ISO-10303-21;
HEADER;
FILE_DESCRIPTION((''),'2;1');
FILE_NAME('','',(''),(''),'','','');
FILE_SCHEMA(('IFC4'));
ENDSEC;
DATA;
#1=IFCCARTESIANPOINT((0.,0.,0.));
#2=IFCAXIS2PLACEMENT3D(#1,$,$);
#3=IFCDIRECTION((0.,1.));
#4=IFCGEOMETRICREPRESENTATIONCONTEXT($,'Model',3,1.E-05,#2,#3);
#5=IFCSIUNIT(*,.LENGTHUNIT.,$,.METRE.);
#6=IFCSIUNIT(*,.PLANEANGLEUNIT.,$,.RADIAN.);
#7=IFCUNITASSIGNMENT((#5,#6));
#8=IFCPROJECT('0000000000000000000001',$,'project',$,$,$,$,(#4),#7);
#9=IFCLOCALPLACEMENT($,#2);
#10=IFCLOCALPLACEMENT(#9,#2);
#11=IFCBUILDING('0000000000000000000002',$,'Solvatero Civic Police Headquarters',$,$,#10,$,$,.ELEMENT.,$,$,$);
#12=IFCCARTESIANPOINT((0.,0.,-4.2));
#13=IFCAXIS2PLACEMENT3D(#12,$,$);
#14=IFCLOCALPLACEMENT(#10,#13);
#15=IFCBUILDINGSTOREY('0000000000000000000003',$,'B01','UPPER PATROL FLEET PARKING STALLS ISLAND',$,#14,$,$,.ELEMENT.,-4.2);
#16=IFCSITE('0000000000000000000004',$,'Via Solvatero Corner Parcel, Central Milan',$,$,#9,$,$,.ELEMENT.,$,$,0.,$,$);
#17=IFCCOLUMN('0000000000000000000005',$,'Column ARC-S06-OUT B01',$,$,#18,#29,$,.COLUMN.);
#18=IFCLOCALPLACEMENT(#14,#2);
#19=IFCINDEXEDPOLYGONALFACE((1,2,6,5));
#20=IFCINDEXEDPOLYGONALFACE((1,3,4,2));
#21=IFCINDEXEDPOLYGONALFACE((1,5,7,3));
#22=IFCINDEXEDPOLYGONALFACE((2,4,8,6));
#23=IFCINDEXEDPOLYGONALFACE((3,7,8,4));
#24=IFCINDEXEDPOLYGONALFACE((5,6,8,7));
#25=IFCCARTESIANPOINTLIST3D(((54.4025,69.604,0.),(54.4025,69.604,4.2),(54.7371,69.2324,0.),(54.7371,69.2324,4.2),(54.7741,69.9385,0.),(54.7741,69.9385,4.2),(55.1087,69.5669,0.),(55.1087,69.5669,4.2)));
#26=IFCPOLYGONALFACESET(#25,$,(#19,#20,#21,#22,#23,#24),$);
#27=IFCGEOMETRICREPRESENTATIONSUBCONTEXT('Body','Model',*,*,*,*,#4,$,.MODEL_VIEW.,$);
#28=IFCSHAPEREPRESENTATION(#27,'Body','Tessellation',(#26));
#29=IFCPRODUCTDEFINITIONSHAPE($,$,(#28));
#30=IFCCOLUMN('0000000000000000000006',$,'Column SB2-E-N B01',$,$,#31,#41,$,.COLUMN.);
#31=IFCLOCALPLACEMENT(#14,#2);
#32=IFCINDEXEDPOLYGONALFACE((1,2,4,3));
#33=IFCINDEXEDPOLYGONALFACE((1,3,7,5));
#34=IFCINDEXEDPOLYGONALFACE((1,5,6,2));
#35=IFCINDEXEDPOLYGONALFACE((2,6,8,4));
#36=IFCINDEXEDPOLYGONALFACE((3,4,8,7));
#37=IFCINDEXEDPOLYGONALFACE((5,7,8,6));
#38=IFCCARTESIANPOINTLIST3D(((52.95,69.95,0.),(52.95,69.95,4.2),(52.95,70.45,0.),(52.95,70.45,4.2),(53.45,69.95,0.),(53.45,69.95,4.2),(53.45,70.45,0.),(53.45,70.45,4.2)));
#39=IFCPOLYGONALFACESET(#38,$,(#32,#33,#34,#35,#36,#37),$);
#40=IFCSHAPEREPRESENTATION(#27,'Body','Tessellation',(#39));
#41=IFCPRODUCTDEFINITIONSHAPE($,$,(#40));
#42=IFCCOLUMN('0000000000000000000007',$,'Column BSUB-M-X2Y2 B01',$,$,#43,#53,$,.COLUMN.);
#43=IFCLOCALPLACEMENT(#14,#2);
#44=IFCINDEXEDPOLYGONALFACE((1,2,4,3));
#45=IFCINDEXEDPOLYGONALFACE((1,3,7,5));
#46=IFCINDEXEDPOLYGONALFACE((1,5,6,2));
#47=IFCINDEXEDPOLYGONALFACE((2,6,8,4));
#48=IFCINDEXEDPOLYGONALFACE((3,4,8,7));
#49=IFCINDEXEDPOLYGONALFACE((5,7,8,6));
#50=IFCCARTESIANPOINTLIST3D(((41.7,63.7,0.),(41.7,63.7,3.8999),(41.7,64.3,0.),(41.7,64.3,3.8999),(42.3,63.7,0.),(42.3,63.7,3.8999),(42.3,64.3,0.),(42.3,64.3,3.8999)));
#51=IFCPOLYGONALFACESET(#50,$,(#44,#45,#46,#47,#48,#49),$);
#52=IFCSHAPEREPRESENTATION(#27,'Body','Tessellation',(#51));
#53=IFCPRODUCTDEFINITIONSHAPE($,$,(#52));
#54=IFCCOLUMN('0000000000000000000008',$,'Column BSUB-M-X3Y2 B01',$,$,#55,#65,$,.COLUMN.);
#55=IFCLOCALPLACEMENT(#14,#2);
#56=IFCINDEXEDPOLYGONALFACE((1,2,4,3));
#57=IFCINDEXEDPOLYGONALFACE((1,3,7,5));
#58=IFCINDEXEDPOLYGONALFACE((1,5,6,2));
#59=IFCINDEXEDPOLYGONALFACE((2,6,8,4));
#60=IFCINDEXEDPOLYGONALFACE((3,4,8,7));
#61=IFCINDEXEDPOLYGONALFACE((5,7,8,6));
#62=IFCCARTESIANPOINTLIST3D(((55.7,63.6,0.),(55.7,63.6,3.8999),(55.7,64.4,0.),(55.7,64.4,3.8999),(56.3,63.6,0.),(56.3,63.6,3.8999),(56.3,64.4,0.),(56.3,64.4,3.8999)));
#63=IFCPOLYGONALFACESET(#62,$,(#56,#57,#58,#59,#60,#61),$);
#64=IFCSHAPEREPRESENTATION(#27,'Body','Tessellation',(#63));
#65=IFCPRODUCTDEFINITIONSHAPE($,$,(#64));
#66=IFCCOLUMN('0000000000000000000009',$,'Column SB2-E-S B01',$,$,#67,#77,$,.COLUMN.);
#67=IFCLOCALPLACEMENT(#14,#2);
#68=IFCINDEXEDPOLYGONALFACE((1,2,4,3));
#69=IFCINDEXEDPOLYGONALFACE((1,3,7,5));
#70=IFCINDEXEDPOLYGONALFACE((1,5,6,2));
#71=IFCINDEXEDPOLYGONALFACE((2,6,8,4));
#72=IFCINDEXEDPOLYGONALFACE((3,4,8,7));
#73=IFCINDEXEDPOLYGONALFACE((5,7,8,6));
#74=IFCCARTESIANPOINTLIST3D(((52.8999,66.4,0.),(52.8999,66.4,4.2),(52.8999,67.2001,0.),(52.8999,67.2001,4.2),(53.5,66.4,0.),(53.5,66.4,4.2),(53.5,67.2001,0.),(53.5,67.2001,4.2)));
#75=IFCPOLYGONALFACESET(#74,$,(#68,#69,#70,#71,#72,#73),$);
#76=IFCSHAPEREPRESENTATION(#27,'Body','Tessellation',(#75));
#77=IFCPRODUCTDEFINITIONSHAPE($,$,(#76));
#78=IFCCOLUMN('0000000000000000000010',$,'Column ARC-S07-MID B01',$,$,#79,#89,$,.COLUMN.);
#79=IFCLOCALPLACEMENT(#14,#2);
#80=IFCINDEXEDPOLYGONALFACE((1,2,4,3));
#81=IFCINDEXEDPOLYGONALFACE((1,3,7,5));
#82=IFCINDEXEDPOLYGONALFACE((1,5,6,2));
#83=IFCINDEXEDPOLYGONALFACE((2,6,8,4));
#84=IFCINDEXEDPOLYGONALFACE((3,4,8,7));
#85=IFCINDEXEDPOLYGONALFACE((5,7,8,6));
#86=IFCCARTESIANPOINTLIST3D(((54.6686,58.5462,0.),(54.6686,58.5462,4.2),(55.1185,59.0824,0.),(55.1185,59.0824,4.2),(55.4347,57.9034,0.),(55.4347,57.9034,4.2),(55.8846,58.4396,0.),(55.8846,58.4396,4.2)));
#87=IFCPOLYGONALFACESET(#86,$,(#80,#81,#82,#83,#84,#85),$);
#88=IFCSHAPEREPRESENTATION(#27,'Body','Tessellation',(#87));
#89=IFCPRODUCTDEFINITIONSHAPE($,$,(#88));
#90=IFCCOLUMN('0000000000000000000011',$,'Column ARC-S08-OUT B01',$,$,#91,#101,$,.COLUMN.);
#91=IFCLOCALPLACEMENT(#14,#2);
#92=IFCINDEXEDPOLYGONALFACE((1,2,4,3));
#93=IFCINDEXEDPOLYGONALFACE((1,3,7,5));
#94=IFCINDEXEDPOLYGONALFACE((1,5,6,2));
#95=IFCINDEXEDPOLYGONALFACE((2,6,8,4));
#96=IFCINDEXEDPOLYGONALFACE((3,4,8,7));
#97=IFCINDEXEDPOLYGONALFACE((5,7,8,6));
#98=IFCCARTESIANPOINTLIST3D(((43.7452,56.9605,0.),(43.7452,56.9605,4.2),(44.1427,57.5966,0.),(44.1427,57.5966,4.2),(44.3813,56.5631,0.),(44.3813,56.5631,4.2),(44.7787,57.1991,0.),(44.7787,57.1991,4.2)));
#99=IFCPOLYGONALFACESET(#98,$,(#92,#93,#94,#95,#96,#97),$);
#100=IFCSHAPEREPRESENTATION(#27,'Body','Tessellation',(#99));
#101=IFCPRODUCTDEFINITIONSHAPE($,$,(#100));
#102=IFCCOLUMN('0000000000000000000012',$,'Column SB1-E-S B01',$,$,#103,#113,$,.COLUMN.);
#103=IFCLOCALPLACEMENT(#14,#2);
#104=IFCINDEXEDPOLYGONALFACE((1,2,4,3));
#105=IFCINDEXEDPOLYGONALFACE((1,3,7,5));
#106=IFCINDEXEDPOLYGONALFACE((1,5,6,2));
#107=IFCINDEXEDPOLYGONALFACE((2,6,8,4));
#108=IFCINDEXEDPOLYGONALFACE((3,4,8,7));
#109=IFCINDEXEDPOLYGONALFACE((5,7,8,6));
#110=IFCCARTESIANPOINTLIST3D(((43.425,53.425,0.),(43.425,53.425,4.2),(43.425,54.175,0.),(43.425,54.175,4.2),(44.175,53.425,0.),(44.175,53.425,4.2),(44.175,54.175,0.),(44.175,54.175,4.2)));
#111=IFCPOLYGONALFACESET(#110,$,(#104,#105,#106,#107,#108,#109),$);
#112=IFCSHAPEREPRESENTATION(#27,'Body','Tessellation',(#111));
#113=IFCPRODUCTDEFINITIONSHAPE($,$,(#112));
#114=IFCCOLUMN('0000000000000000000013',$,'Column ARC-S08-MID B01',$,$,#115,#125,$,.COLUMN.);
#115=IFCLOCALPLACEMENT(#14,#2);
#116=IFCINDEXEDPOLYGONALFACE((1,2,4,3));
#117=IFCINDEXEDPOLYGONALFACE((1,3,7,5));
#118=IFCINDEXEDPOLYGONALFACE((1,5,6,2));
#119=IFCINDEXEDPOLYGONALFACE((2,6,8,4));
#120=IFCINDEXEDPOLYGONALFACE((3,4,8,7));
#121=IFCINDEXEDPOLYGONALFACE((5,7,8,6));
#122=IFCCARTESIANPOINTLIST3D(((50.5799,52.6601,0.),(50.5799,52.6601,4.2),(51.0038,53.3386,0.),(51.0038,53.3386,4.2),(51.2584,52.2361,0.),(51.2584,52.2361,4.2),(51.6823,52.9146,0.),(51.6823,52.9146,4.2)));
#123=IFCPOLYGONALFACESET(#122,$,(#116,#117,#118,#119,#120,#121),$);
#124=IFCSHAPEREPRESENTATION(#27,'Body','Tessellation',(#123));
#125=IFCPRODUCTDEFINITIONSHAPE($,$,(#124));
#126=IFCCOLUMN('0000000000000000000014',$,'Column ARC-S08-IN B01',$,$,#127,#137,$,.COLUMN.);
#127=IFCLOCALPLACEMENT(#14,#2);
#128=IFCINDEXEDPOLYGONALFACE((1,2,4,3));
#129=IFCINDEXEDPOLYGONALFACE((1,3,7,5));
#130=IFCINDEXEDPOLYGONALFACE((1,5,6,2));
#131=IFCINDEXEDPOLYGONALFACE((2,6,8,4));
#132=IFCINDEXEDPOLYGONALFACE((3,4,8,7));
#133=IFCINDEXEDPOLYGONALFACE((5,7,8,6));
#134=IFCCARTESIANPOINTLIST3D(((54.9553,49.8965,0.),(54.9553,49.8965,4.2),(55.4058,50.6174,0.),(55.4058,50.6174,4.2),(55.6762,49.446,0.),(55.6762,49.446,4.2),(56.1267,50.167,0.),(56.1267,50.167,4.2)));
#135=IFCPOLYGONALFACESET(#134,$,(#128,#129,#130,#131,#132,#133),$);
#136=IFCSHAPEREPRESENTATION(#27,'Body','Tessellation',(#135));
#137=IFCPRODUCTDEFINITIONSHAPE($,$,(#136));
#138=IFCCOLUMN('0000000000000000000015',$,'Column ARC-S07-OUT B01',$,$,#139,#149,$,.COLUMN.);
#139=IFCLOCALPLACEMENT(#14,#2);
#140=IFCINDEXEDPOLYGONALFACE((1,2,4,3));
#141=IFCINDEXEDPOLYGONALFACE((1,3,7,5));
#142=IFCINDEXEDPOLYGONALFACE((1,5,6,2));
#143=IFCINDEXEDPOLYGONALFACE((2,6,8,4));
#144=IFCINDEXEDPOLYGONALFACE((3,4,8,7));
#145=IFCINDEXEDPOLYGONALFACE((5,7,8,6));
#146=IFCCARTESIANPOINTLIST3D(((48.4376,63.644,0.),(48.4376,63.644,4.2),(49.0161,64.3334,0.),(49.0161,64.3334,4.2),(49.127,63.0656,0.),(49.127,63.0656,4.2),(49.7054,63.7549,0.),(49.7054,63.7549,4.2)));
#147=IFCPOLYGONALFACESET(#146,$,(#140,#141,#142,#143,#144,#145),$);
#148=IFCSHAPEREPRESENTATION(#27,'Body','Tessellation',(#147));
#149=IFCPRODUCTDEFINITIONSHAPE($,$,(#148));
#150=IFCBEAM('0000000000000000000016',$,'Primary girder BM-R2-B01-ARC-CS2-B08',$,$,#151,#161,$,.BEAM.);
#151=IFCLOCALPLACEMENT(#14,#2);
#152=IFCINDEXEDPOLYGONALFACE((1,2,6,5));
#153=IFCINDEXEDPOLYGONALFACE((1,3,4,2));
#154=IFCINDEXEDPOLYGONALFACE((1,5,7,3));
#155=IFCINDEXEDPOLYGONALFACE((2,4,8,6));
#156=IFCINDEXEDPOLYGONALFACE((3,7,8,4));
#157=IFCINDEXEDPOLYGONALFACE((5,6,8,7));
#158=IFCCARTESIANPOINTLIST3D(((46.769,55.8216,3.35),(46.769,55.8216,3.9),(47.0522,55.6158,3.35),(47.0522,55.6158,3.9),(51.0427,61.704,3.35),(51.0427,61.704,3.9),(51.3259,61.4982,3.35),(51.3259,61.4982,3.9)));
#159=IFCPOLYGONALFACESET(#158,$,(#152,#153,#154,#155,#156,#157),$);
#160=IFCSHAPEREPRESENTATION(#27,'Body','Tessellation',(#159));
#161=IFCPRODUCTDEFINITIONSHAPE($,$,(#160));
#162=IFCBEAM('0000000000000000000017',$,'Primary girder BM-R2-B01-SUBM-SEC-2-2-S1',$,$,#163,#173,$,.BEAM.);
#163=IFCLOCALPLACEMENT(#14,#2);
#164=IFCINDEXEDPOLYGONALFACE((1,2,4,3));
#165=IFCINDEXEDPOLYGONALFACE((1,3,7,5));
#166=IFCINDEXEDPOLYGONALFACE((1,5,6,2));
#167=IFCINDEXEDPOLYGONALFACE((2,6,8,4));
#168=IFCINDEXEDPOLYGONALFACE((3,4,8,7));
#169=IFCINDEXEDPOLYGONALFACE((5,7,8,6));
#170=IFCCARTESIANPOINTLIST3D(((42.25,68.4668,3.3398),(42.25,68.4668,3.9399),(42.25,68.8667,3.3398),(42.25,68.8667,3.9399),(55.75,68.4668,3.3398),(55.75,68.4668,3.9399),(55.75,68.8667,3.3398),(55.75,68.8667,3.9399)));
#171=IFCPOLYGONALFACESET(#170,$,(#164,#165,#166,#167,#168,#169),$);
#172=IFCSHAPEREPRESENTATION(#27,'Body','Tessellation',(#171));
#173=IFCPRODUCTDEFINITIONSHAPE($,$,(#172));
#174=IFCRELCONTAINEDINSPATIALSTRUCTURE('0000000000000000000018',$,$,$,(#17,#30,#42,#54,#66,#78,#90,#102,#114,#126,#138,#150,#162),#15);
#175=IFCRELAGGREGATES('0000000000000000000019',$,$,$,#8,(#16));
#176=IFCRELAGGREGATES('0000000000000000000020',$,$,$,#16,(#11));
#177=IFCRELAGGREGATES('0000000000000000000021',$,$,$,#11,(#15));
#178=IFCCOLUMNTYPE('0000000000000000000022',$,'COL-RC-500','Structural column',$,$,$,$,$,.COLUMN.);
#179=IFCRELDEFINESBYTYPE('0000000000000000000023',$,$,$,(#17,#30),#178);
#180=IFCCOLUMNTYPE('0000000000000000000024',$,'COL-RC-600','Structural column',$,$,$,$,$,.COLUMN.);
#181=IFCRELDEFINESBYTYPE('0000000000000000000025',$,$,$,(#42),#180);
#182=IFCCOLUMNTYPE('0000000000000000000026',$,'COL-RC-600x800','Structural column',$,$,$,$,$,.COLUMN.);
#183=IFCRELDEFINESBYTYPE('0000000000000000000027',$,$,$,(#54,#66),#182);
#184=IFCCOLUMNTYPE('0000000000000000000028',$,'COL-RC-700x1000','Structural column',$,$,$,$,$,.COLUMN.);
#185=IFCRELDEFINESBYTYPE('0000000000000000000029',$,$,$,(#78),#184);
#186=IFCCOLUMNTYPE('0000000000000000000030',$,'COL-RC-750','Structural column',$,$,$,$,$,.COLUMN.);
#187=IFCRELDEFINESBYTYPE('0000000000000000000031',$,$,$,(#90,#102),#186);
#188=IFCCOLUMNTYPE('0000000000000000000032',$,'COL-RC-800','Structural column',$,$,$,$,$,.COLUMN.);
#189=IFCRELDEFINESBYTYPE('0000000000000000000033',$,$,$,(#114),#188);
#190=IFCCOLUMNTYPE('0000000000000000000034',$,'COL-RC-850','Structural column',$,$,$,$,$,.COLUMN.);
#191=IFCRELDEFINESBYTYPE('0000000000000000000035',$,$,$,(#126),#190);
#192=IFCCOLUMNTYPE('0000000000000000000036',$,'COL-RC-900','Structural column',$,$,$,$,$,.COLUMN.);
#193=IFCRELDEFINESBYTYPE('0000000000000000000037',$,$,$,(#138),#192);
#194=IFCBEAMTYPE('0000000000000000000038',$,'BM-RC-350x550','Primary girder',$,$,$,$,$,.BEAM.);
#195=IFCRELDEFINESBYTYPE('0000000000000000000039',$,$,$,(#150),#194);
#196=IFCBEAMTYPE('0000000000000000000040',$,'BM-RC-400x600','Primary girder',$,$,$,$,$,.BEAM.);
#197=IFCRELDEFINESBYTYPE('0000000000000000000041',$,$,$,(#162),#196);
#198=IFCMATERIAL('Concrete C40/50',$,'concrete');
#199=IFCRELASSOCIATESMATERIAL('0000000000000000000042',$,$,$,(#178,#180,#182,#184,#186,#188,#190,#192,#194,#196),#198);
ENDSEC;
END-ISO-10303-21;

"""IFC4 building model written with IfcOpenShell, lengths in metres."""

from ifc_helpers import new_model, si_unit, direction, frame, origin, origin_2d, place, context, subcontext, project, spatial, rectangle, extrude, material, material_profile, profile_set, type_object, element, save


model = new_model("IFC4")

# Units and contexts
model_context = context("Model", 3, precision=1e-05, world=origin(), true_north=direction((0.0, 1.0)))
body_context = subcontext(model_context, "Body", "Model", "MODEL_VIEW")
ifc_project = project(units=[si_unit("LENGTHUNIT", "METRE"), si_unit("PLANEANGLEUNIT", "RADIAN")], contexts=[model_context])

# Site, building, storey
site_placement = place(None, origin())
site = spatial("IfcSite", under=ifc_project, at=site_placement, Name="Via Solvatero Corner Parcel, Central Milan", CompositionType="ELEMENT", RefElevation=0.0)
building_placement = place(site_placement, origin())
building = spatial("IfcBuilding", under=site, at=building_placement, Name="Solvatero Civic Police Headquarters", CompositionType="ELEMENT")
storey_placement = place(building_placement, frame((0.0, 0.0, -4.2)))
storey = spatial("IfcBuildingStorey", under=building, at=storey_placement, Name="B01", Description="UPPER PATROL FLEET PARKING STALLS ISLAND", CompositionType="ELEMENT", Elevation=-4.2)

# Columns
ifc_material_1 = material(Name="Concrete C40/50", Category="concrete")
ifc_material_profile_1 = material_profile(ifc_material_1, rectangle(XDim=0.5, YDim=0.5, at=origin_2d()), Name="RC 500x500")
ifc_profile_set_1 = profile_set([ifc_material_profile_1], Name="Concrete C40/50")
column_type_1 = type_object("IfcColumnType", Name="COL-RC-500", Description="Structural column", PredefinedType="COLUMN", material=ifc_profile_set_1)
for number, where, z_axis, x_axis, name in (
    (1, (54.7556, 69.5854, 0.0), (0.0, 0.0, 1.0), (0.743145, 0.669131, 0.0), "Column ARC-S06-OUT B01"),
    (2, (53.2, 70.2, 0.0), (0.0, 0.0, 1.0), (1.0, 0.0, 0.0), "Column SB2-E-N B01"),
):
    element("IfcColumn", number, at=place(storey_placement, frame(where, z_axis=z_axis, x_axis=x_axis)), inside=storey, type_object=column_type_1, Name=name, PredefinedType="COLUMN", context=body_context, shape_type="SweptSolid", body=[
        extrude(rectangle(XDim=0.5, YDim=0.5, at=origin_2d()), origin(), (0.0, 0.0, 1.0), 4.2),
    ])
ifc_material_profile_2 = material_profile(ifc_material_1, rectangle(XDim=0.6001, YDim=0.6001, at=origin_2d()), Name="RC 600x600")
ifc_profile_set_2 = profile_set([ifc_material_profile_2], Name="Concrete C40/50")
column_type_2 = type_object("IfcColumnType", Name="COL-RC-600", Description="Structural column", PredefinedType="COLUMN", material=ifc_profile_set_2)
column_1_placement = place(storey_placement, frame((42.0, 64.0, 0.0), z_axis=(0.0, 0.0, 1.0), x_axis=(1.0, 0.0, 0.0)))
element("IfcColumn", 3, at=column_1_placement, inside=storey, type_object=column_type_2, Name="Column BSUB-M-X2Y2 B01", PredefinedType="COLUMN", context=body_context, shape_type="SweptSolid", body=[
    extrude(rectangle(XDim=0.6001, YDim=0.6001, at=origin_2d()), origin(), (0.0, 0.0, 1.0), 3.8999),
])
ifc_material_profile_3 = material_profile(ifc_material_1, rectangle(XDim=0.6001, YDim=0.8, at=origin_2d()), Name="RC 600x800")
ifc_profile_set_3 = profile_set([ifc_material_profile_3], Name="Concrete C40/50")
column_type_3 = type_object("IfcColumnType", Name="COL-RC-600x800", Description="Structural column", PredefinedType="COLUMN", material=ifc_profile_set_3)
column_2_placement = place(storey_placement, frame((56.0, 64.0, 0.0), z_axis=(0.0, 0.0, 1.0), x_axis=(1.0, 0.0, 0.0)))
element("IfcColumn", 4, at=column_2_placement, inside=storey, type_object=column_type_3, Name="Column BSUB-M-X3Y2 B01", PredefinedType="COLUMN", context=body_context, shape_type="SweptSolid", body=[
    extrude(rectangle(XDim=0.6001, YDim=0.8, at=origin_2d()), origin(), (0.0, 0.0, 1.0), 3.8999),
])
column_3_placement = place(storey_placement, frame((53.2, 66.8, 0.0), z_axis=(0.0, 0.0, 1.0), x_axis=(1.0, 0.0, 0.0)))
element("IfcColumn", 5, at=column_3_placement, inside=storey, type_object=column_type_3, Name="Column SB2-E-S B01", PredefinedType="COLUMN", context=body_context, shape_type="SweptSolid", body=[
    extrude(rectangle(XDim=0.6001, YDim=0.8, at=origin_2d()), origin(), (0.0, 0.0, 1.0), 4.2),
])
ifc_material_profile_4 = material_profile(ifc_material_1, rectangle(XDim=0.7, YDim=1.0, at=origin_2d()), Name="RC 700x1000")
ifc_profile_set_4 = profile_set([ifc_material_profile_4], Name="Concrete C40/50")
column_type_4 = type_object("IfcColumnType", Name="COL-RC-700x1000", Description="Structural column", PredefinedType="COLUMN", material=ifc_profile_set_4)
column_4_placement = place(storey_placement, frame((55.2766, 58.4929, 0.0), z_axis=(0.0, 0.0, 1.0), x_axis=(0.642788, 0.766044, 0.0)))
element("IfcColumn", 6, at=column_4_placement, inside=storey, type_object=column_type_4, Name="Column ARC-S07-MID B01", PredefinedType="COLUMN", context=body_context, shape_type="SweptSolid", body=[
    extrude(rectangle(XDim=0.7, YDim=1.0, at=origin_2d()), origin(), (0.0, 0.0, 1.0), 4.2),
])
ifc_material_profile_5 = material_profile(ifc_material_1, rectangle(XDim=0.75, YDim=0.75, at=origin_2d()), Name="RC 750x750")
ifc_profile_set_5 = profile_set([ifc_material_profile_5], Name="Concrete C40/50")
column_type_5 = type_object("IfcColumnType", Name="COL-RC-750", Description="Structural column", PredefinedType="COLUMN", material=ifc_profile_set_5)
for number, where, z_axis, x_axis, name in (
    (7, (44.262, 57.0798, 0.0), (0.0, 0.0, 1.0), (0.529919, 0.848048, 0.0), "Column ARC-S08-OUT B01"),
    (8, (43.8, 53.8, 0.0), (0.0, 0.0, 1.0), (1.0, 0.0, 0.0), "Column SB1-E-S B01"),
):
    element("IfcColumn", number, at=place(storey_placement, frame(where, z_axis=z_axis, x_axis=x_axis)), inside=storey, type_object=column_type_5, Name=name, PredefinedType="COLUMN", context=body_context, shape_type="SweptSolid", body=[
        extrude(rectangle(XDim=0.75, YDim=0.75, at=origin_2d()), origin(), (0.0, 0.0, 1.0), 4.2),
    ])
ifc_material_profile_6 = material_profile(ifc_material_1, rectangle(XDim=0.8, YDim=0.8, at=origin_2d()), Name="RC 800x800")
ifc_profile_set_6 = profile_set([ifc_material_profile_6], Name="Concrete C40/50")
column_type_6 = type_object("IfcColumnType", Name="COL-RC-800", Description="Structural column", PredefinedType="COLUMN", material=ifc_profile_set_6)
column_5_placement = place(storey_placement, frame((51.1311, 52.7874, 0.0), z_axis=(0.0, 0.0, 1.0), x_axis=(0.529919, 0.848048, 0.0)))
element("IfcColumn", 9, at=column_5_placement, inside=storey, type_object=column_type_6, Name="Column ARC-S08-MID B01", PredefinedType="COLUMN", context=body_context, shape_type="SweptSolid", body=[
    extrude(rectangle(XDim=0.8, YDim=0.8, at=origin_2d()), origin(), (0.0, 0.0, 1.0), 4.2),
])
ifc_material_profile_7 = material_profile(ifc_material_1, rectangle(XDim=0.8501, YDim=0.8501, at=origin_2d()), Name="RC 850x850")
ifc_profile_set_7 = profile_set([ifc_material_profile_7], Name="Concrete C40/50")
column_type_7 = type_object("IfcColumnType", Name="COL-RC-850", Description="Structural column", PredefinedType="COLUMN", material=ifc_profile_set_7)
column_6_placement = place(storey_placement, frame((55.541, 50.0317, 0.0), z_axis=(0.0, 0.0, 1.0), x_axis=(0.529919, 0.848048, 0.0)))
element("IfcColumn", 10, at=column_6_placement, inside=storey, type_object=column_type_7, Name="Column ARC-S08-IN B01", PredefinedType="COLUMN", context=body_context, shape_type="SweptSolid", body=[
    extrude(rectangle(XDim=0.8501, YDim=0.8501, at=origin_2d()), origin(), (0.0, 0.0, 1.0), 4.2),
])
ifc_material_profile_8 = material_profile(ifc_material_1, rectangle(XDim=0.8999, YDim=0.8999, at=origin_2d()), Name="RC 900x900")
ifc_profile_set_8 = profile_set([ifc_material_profile_8], Name="Concrete C40/50")
column_type_8 = type_object("IfcColumnType", Name="COL-RC-900", Description="Structural column", PredefinedType="COLUMN", material=ifc_profile_set_8)
column_7_placement = place(storey_placement, frame((49.0715, 63.6995, 0.0), z_axis=(0.0, 0.0, 1.0), x_axis=(0.642788, 0.766044, 0.0)))
element("IfcColumn", 11, at=column_7_placement, inside=storey, type_object=column_type_8, Name="Column ARC-S07-OUT B01", PredefinedType="COLUMN", context=body_context, shape_type="SweptSolid", body=[
    extrude(rectangle(XDim=0.8999, YDim=0.8999, at=origin_2d()), origin(), (0.0, 0.0, 1.0), 4.2),
])

# Beams
ifc_material_profile_9 = material_profile(ifc_material_1, rectangle(XDim=0.3501, YDim=0.55, at=origin_2d()), Name="RC 350x550")
ifc_profile_set_9 = profile_set([ifc_material_profile_9], Name="Concrete C40/50")
beam_type_1 = type_object("IfcBeamType", Name="BM-RC-350x550", Description="Primary girder", PredefinedType="BEAM", material=ifc_profile_set_9)
beam_1_placement = place(storey_placement, frame((51.1843, 61.6011, 3.625), z_axis=(-0.587778, -0.809022, 0.0), x_axis=(0.809022, -0.587778, 0.0)))
element("IfcBeam", 12, at=beam_1_placement, inside=storey, type_object=beam_type_1, Name="Primary girder BM-R2-B01-ARC-CS2-B08", PredefinedType="BEAM", context=body_context, shape_type="SweptSolid", body=[
    extrude(rectangle(XDim=0.3501, YDim=0.55, at=origin_2d()), origin(), (0.0, 0.0, 1.0), 7.271),
])
ifc_material_profile_10 = material_profile(ifc_material_1, rectangle(XDim=0.3999, YDim=0.6001, at=origin_2d()), Name="RC 400x600")
ifc_profile_set_10 = profile_set([ifc_material_profile_10], Name="Concrete C40/50")
beam_type_2 = type_object("IfcBeamType", Name="BM-RC-400x600", Description="Primary girder", PredefinedType="BEAM", material=ifc_profile_set_10)
for number, where, z_axis, x_axis, name in (
    (13, (42.25, 68.6667, 3.6399), (1.0, 0.0, 0.0), (0.0, 1.0, 0.0), "Primary girder BM-R2-B01-SUBM-SEC-2-2-S1"),
):
    element("IfcBeam", number, at=place(storey_placement, frame(where, z_axis=z_axis, x_axis=x_axis)), inside=storey, type_object=beam_type_2, Name=name, PredefinedType="BEAM", context=body_context, shape_type="SweptSolid", body=[
        extrude(rectangle(XDim=0.3999, YDim=0.6001, at=origin_2d()), origin(), (0.0, 0.0, 1.0), 13.5),
    ])

save(model, "model.ifc")
